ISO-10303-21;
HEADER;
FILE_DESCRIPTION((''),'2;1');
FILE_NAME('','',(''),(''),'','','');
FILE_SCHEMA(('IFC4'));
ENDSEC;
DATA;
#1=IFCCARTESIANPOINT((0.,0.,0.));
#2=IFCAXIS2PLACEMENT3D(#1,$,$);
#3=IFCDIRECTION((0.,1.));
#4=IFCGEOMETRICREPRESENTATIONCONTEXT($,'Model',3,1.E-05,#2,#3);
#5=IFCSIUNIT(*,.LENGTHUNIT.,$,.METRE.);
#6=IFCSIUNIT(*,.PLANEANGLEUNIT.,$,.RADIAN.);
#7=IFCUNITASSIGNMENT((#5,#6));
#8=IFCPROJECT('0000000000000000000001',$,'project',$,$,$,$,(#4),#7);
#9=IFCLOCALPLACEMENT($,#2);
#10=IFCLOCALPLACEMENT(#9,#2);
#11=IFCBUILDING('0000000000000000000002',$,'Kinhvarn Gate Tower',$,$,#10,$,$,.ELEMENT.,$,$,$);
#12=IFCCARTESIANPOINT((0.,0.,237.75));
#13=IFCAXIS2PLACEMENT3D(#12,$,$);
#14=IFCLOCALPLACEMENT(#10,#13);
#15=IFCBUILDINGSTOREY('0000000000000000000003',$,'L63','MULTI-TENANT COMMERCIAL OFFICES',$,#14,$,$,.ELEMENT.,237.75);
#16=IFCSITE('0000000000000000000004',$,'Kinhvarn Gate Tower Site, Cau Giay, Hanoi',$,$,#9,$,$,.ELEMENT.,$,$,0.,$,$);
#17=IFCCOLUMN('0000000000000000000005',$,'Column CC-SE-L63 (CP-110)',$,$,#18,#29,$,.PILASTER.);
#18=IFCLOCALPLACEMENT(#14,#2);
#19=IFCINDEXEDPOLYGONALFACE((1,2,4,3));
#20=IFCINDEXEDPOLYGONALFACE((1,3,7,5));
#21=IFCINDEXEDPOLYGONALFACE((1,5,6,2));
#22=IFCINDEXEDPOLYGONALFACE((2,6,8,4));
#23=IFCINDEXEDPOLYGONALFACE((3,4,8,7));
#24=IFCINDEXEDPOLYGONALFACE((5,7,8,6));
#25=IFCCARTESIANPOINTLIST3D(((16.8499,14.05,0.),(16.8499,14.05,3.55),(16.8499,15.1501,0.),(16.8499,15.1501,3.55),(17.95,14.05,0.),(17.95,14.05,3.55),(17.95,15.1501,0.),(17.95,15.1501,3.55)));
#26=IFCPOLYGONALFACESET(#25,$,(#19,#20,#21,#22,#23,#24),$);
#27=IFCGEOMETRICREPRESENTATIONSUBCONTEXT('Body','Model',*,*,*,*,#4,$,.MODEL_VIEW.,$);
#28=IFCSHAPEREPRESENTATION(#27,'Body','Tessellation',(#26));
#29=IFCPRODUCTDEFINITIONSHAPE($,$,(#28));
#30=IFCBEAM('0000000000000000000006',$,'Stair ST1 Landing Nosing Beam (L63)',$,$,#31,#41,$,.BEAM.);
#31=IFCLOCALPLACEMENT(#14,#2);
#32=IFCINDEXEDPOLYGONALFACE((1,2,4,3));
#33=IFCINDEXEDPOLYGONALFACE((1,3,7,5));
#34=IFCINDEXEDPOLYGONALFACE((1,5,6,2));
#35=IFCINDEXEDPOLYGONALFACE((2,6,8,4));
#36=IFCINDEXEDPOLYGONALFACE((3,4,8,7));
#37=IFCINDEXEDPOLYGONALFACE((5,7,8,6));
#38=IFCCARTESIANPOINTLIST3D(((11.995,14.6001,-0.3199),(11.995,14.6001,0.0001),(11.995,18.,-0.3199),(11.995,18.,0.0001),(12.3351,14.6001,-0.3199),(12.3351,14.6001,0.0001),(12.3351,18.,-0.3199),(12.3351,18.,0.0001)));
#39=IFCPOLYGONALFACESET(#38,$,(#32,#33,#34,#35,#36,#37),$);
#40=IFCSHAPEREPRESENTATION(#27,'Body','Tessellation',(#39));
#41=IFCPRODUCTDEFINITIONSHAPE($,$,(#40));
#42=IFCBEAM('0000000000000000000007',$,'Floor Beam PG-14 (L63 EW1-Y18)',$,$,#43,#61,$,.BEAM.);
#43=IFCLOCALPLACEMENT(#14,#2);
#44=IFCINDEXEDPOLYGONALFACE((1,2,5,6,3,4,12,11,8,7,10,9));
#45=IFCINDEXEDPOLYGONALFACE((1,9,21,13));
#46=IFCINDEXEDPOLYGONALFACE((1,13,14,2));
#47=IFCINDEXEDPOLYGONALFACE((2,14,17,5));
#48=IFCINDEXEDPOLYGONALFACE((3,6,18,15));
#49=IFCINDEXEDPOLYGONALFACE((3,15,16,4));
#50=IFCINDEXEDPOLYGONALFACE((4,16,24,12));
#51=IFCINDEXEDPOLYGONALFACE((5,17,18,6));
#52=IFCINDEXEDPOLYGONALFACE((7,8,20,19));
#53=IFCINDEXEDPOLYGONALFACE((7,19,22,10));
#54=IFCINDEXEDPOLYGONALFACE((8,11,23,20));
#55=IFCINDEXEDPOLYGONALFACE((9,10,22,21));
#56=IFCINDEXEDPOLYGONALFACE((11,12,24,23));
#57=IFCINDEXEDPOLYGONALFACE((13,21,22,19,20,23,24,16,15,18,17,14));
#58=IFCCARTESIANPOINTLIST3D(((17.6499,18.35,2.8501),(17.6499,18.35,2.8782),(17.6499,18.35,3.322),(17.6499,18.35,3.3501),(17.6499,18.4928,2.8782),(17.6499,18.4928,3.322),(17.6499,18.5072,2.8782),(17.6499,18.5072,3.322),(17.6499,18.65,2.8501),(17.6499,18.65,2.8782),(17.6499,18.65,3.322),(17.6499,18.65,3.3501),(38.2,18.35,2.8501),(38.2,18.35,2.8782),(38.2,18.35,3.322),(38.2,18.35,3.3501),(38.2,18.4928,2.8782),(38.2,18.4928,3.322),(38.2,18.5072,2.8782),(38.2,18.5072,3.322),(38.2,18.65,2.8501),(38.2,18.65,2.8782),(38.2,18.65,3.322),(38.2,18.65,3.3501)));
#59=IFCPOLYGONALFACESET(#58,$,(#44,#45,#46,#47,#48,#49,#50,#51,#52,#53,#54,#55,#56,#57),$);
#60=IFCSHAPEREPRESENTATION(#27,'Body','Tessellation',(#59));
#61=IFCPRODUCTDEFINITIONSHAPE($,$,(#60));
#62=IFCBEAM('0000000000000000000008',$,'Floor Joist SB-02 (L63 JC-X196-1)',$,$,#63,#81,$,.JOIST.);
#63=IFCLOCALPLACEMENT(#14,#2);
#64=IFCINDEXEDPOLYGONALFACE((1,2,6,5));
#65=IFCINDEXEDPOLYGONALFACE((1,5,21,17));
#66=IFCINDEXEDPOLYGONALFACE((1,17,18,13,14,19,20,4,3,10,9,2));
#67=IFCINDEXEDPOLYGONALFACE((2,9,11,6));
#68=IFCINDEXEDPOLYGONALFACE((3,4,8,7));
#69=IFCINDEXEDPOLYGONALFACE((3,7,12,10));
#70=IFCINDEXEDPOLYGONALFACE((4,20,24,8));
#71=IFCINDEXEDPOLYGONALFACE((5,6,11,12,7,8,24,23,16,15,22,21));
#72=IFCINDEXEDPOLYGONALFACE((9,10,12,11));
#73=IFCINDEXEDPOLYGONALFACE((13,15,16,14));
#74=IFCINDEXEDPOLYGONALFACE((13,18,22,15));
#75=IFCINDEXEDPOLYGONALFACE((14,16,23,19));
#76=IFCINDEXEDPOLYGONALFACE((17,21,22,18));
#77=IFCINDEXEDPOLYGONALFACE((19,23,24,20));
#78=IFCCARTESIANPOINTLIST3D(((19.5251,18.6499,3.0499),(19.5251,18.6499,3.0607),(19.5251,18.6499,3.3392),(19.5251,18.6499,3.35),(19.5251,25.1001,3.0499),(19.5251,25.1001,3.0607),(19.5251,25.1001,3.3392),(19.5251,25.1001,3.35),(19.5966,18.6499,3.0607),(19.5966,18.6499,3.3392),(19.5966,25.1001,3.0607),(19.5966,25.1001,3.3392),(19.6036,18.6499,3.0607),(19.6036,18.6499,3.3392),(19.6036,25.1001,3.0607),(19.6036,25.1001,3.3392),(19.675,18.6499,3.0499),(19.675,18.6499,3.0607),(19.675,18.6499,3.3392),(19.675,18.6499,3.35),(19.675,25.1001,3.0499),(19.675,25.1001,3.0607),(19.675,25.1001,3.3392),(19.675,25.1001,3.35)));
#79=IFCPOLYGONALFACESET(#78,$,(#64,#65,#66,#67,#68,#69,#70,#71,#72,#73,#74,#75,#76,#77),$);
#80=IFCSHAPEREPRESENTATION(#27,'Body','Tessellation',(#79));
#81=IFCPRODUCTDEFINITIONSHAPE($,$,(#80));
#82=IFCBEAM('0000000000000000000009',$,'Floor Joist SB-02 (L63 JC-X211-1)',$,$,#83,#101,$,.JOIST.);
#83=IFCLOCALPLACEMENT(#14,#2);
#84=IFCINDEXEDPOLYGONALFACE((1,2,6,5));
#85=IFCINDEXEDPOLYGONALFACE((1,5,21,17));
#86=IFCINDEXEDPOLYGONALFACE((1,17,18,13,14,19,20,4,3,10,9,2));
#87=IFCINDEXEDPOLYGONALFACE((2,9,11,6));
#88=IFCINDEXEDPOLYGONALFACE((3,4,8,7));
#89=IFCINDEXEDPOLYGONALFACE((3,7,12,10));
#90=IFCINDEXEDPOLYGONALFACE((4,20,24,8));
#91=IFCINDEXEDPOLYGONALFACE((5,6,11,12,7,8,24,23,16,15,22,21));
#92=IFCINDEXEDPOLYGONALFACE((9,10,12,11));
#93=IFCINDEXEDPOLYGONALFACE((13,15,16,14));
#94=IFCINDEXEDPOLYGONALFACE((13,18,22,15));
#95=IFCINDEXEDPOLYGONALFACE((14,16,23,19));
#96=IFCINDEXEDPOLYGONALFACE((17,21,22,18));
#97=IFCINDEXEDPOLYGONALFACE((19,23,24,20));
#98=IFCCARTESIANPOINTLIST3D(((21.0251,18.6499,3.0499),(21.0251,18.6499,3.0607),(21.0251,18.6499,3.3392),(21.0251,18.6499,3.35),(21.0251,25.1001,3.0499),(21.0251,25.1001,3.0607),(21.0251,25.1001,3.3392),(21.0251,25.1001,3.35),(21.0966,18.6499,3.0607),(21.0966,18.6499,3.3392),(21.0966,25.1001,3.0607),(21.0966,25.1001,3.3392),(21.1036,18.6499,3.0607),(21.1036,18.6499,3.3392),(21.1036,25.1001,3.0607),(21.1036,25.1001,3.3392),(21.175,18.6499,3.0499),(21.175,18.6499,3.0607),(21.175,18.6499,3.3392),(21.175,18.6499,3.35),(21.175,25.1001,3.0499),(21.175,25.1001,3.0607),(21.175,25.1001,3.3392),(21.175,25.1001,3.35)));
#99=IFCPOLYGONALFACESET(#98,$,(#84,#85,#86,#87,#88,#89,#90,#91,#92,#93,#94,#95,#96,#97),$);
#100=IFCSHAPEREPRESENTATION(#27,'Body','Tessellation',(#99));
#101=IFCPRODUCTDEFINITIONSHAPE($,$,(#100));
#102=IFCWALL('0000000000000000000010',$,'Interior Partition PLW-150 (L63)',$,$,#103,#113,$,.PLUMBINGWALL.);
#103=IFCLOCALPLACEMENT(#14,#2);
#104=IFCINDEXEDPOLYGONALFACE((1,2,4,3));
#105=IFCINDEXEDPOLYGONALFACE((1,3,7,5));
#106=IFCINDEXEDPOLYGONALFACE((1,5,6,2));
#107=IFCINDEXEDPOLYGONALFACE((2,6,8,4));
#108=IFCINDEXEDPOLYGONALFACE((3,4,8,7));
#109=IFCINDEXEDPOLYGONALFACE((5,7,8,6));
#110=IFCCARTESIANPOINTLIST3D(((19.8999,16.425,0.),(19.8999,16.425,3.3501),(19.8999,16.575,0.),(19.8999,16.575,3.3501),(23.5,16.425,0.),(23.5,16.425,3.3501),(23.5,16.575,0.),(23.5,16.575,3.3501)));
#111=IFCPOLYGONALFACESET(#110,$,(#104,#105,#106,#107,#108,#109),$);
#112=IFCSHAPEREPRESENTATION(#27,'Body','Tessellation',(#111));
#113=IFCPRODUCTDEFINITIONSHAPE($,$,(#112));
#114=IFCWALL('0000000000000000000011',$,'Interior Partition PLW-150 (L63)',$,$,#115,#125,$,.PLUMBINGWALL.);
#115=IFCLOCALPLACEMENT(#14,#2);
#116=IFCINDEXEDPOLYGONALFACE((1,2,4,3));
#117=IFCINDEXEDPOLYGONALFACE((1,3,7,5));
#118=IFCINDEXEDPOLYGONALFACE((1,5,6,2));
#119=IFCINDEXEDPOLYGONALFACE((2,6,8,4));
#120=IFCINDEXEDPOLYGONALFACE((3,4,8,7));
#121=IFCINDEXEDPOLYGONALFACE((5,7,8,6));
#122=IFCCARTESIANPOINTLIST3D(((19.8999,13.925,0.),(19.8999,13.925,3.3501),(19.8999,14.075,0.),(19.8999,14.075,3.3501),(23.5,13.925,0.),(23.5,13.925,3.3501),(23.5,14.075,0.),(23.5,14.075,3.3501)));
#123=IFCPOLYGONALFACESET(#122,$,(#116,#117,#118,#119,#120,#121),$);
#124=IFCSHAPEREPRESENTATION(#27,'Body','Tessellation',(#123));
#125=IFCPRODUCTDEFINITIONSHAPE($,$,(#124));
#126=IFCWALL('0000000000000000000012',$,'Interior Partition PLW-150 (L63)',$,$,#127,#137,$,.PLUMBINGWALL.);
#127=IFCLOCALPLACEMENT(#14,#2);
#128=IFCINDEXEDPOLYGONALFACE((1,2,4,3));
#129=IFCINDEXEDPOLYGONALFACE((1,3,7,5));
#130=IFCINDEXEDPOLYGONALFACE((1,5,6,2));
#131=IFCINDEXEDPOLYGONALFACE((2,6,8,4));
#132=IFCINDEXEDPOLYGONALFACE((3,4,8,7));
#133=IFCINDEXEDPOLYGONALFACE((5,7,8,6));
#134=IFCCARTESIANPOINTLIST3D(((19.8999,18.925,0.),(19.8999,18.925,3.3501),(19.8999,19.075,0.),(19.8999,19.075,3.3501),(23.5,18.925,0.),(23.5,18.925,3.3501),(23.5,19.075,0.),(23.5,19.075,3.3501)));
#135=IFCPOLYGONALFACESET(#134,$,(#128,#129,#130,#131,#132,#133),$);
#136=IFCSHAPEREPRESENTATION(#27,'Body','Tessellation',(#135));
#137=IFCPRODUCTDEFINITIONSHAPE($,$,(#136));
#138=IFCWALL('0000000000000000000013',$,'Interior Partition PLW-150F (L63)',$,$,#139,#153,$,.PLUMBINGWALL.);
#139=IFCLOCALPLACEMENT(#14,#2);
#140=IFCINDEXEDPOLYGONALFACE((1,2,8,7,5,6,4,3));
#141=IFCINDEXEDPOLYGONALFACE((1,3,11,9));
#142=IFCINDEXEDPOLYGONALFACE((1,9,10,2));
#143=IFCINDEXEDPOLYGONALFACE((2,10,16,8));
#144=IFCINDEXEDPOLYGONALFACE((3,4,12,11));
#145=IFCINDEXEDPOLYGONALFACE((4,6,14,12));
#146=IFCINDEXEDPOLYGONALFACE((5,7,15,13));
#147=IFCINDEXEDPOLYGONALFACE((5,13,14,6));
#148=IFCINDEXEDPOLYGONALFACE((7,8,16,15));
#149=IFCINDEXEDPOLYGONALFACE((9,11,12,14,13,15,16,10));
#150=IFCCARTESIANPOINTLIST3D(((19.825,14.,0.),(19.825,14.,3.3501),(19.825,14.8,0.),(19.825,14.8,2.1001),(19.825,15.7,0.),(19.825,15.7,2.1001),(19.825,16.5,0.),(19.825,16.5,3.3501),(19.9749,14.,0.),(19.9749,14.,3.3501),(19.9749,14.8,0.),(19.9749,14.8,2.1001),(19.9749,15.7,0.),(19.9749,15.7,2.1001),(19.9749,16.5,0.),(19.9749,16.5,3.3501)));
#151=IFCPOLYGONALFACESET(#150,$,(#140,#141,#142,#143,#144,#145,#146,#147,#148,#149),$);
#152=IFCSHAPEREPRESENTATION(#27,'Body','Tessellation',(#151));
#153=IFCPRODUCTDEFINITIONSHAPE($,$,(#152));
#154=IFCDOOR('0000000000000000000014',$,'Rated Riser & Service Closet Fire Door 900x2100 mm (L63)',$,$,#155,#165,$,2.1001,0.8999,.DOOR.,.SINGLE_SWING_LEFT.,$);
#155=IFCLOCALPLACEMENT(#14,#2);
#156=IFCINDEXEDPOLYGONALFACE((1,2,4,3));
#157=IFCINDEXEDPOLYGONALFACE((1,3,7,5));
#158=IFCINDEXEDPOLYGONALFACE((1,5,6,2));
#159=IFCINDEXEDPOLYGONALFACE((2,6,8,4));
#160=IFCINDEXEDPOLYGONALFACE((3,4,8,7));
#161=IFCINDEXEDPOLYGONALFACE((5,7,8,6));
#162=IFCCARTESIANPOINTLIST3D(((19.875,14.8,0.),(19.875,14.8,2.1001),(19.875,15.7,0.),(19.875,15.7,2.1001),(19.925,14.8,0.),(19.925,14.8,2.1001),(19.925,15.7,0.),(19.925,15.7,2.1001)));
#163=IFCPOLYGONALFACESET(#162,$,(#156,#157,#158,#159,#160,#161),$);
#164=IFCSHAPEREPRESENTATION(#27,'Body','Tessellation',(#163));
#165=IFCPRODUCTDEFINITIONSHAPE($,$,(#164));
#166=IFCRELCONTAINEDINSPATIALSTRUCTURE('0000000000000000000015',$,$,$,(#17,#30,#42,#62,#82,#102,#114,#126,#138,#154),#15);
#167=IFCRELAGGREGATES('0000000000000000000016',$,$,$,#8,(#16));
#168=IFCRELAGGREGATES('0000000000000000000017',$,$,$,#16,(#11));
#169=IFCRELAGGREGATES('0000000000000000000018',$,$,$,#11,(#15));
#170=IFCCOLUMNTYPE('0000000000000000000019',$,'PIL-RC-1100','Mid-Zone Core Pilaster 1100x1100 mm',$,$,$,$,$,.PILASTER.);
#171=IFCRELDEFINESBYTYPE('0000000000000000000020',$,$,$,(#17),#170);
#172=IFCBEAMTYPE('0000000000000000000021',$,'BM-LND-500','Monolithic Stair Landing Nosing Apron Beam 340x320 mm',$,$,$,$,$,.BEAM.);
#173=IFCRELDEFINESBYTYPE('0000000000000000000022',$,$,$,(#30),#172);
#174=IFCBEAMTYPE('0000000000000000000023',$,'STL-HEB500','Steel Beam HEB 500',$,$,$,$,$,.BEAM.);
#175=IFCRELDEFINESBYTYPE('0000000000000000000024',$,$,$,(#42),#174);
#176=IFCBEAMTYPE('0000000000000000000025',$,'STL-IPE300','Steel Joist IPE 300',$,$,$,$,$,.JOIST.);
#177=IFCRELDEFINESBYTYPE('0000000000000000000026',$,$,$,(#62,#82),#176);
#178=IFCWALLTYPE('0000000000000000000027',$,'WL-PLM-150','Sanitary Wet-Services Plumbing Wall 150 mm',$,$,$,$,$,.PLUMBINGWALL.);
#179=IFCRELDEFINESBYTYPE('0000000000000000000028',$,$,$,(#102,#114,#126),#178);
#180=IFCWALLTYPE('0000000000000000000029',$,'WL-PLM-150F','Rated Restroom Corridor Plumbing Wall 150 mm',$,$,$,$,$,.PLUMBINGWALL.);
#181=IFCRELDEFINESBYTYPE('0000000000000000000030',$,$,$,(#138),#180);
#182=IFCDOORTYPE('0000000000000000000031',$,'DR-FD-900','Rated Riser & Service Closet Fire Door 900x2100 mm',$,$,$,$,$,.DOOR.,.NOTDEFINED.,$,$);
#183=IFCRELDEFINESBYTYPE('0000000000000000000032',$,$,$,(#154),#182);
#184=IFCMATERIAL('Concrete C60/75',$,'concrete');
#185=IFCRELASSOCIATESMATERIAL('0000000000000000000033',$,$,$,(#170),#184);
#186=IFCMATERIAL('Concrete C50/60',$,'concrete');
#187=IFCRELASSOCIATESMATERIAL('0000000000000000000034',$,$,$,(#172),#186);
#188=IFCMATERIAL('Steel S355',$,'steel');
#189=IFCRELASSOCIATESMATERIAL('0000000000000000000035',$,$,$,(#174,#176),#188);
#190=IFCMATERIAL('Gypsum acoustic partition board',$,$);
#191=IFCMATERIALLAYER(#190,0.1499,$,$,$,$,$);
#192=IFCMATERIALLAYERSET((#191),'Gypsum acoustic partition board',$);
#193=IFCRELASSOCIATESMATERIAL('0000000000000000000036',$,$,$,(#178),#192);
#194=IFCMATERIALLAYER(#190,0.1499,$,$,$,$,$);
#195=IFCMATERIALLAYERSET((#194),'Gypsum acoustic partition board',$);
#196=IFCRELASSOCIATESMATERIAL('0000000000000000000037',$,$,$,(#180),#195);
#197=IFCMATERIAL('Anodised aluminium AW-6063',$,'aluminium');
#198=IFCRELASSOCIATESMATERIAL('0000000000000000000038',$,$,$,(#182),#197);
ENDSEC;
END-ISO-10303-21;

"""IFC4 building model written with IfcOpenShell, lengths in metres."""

from ifc_helpers import new_model, si_unit, direction, frame, frame_2d, origin, origin_2d, place, context, subcontext, project, spatial, rectangle, i_section, extrude, material, layer, layer_set, material_profile, profile_set, type_object, element, fill, save


model = new_model("IFC4")

# Units and contexts
model_context = context("Model", 3, precision=1e-05, world=origin(), true_north=direction((0.0, 1.0)))
body_context = subcontext(model_context, "Body", "Model", "MODEL_VIEW")
ifc_project = project(units=[si_unit("LENGTHUNIT", "METRE"), si_unit("PLANEANGLEUNIT", "RADIAN")], contexts=[model_context])

# Site, building, storey
site_placement = place(None, origin())
site = spatial("IfcSite", under=ifc_project, at=site_placement, Name="Kinhvarn Gate Tower Site, Cau Giay, Hanoi", CompositionType="ELEMENT", RefElevation=0.0)
building_placement = place(site_placement, origin())
building = spatial("IfcBuilding", under=site, at=building_placement, Name="Kinhvarn Gate Tower", CompositionType="ELEMENT")
storey_placement = place(building_placement, frame((0.0, 0.0, 237.75)))
storey = spatial("IfcBuildingStorey", under=building, at=storey_placement, Name="L63", Description="MULTI-TENANT COMMERCIAL OFFICES", CompositionType="ELEMENT", Elevation=237.75)

# Column
ifc_material_1 = material(Name="Concrete C60/75", Category="concrete")
ifc_material_profile_1 = material_profile(ifc_material_1, rectangle(XDim=1.1001, YDim=1.1001, at=origin_2d()), Name="RC 1100x1100")
ifc_profile_set_1 = profile_set([ifc_material_profile_1], Name="Concrete C60/75")
column_type = type_object("IfcColumnType", Name="PIL-RC-1100", Description="Mid-Zone Core Pilaster 1100x1100 mm", PredefinedType="PILASTER", material=ifc_profile_set_1)
column_placement = place(storey_placement, frame((17.3999, 14.6001, 0.0), z_axis=(0.0, 0.0, 1.0), x_axis=(1.0, 0.0, 0.0)))
element("IfcColumn", 1, at=column_placement, inside=storey, type_object=column_type, Name="Column CC-SE-L63 (CP-110)", PredefinedType="PILASTER", context=body_context, shape_type="SweptSolid", body=[
    extrude(rectangle(XDim=1.1001, YDim=1.1001, at=origin_2d()), origin(), (0.0, 0.0, 1.0), 3.55),
])

# Beams
ifc_material_2 = material(Name="Concrete C50/60", Category="concrete")
ifc_material_profile_2 = material_profile(ifc_material_2, rectangle(XDim=0.3401, YDim=0.3201, at=origin_2d()), Name="RC 340x320")
ifc_profile_set_2 = profile_set([ifc_material_profile_2], Name="Concrete C50/60")
beam_type_1 = type_object("IfcBeamType", Name="BM-LND-500", Description="Monolithic Stair Landing Nosing Apron Beam 340x320 mm", PredefinedType="BEAM", material=ifc_profile_set_2)
beam_1_placement = place(storey_placement, frame((12.165, 14.6001, -0.1599), z_axis=(0.0, 1.0, 0.0), x_axis=(-1.0, 0.0, 0.0)))
element("IfcBeam", 2, at=beam_1_placement, inside=storey, type_object=beam_type_1, Name="Stair ST1 Landing Nosing Beam (L63)", PredefinedType="BEAM", context=body_context, shape_type="SweptSolid", body=[
    extrude(rectangle(XDim=0.3401, YDim=0.3201, at=origin_2d()), origin(), (0.0, 0.0, 1.0), 3.3999),
])
ifc_material_3 = material(Name="Steel S355", Category="steel")
ifc_material_profile_3 = material_profile(ifc_material_3, i_section(OverallWidth=0.3, OverallDepth=0.5, WebThickness=0.0144, FlangeThickness=0.0281, at=origin_2d()), Name="HEB 500")
ifc_profile_set_3 = profile_set([ifc_material_profile_3], Name="Steel S355")
beam_type_2 = type_object("IfcBeamType", Name="STL-HEB500", Description="Steel Beam HEB 500", PredefinedType="BEAM", material=ifc_profile_set_3)
beam_2_placement = place(storey_placement, frame((17.6499, 18.5, 3.1001), z_axis=(1.0, 0.0, 0.0), x_axis=(0.0, 1.0, 0.0)))
element("IfcBeam", 3, at=beam_2_placement, inside=storey, type_object=beam_type_2, Name="Floor Beam PG-14 (L63 EW1-Y18)", PredefinedType="BEAM", context=body_context, shape_type="SweptSolid", body=[
    extrude(i_section(OverallWidth=0.3, OverallDepth=0.5, WebThickness=0.0144, FlangeThickness=0.0281, at=origin_2d()), origin(), (0.0, 0.0, 1.0), 20.55),
])
ifc_material_profile_4 = material_profile(ifc_material_3, i_section(OverallWidth=0.1499, OverallDepth=0.3, WebThickness=0.0071, FlangeThickness=0.0107, at=origin_2d()), Name="IPE 300")
ifc_profile_set_4 = profile_set([ifc_material_profile_4], Name="Steel S355")
beam_type_3 = type_object("IfcBeamType", Name="STL-IPE300", Description="Steel Joist IPE 300", PredefinedType="JOIST", material=ifc_profile_set_4)
for number, where, z_axis, x_axis, name in (
    (4, (19.6001, 18.6499, 3.2), (0.0, 1.0, 0.0), (-1.0, 0.0, 0.0), "Floor Joist SB-02 (L63 JC-X196-1)"),
    (5, (21.1001, 18.6499, 3.2), (0.0, 1.0, 0.0), (-1.0, 0.0, 0.0), "Floor Joist SB-02 (L63 JC-X211-1)"),
):
    element("IfcBeam", number, at=place(storey_placement, frame(where, z_axis=z_axis, x_axis=x_axis)), inside=storey, type_object=beam_type_3, Name=name, PredefinedType="JOIST", context=body_context, shape_type="SweptSolid", body=[
        extrude(i_section(OverallWidth=0.1499, OverallDepth=0.3, WebThickness=0.0071, FlangeThickness=0.0107, at=origin_2d()), origin(), (0.0, 0.0, 1.0), 6.4502),
    ])

# Shared definitions
ifc_material_4 = material(Name="Anodised aluminium AW-6063", Category="aluminium")

# Walls
ifc_material_5 = material(Name="Gypsum acoustic partition board")
ifc_layer_1 = layer(ifc_material_5, 0.1499)
ifc_layer_set_1 = layer_set([ifc_layer_1], Name="Gypsum acoustic partition board")
wall_type_1 = type_object("IfcWallType", Name="WL-PLM-150", Description="Sanitary Wet-Services Plumbing Wall 150 mm", PredefinedType="PLUMBINGWALL", material=ifc_layer_set_1)
for number, where, z_axis, x_axis, name in (
    (6, (19.8999, 16.5, 0.0), (0.0, 0.0, 1.0), (1.0, 0.0, 0.0), "Interior Partition PLW-150 (L63)"),
    (7, (19.8999, 14.0, 0.0), (0.0, 0.0, 1.0), (1.0, 0.0, 0.0), "Interior Partition PLW-150 (L63)"),
    (8, (19.8999, 19.0, 0.0), (0.0, 0.0, 1.0), (1.0, 0.0, 0.0), "Interior Partition PLW-150 (L63)"),
):
    element("IfcWall", number, at=place(storey_placement, frame(where, z_axis=z_axis, x_axis=x_axis)), inside=storey, type_object=wall_type_1, Name=name, PredefinedType="PLUMBINGWALL", context=body_context, shape_type="SweptSolid", body=[
        extrude(rectangle(XDim=3.6001, YDim=0.1499, at=frame_2d((1.8, 0.0))), origin(), (0.0, 0.0, 1.0), 3.3501),
    ])

# Wall, opening, door
ifc_layer_2 = layer(ifc_material_5, 0.1499)
ifc_layer_set_2 = layer_set([ifc_layer_2], Name="Gypsum acoustic partition board")
wall_type_2 = type_object("IfcWallType", Name="WL-PLM-150F", Description="Rated Restroom Corridor Plumbing Wall 150 mm", PredefinedType="PLUMBINGWALL", material=ifc_layer_set_2)
wall_1_placement = place(storey_placement, frame((19.8999, 14.0, 0.0), z_axis=(0.0, 0.0, 1.0), x_axis=(0.0, 1.0, 0.0)))
wall_1 = element("IfcWall", 9, at=wall_1_placement, inside=storey, type_object=wall_type_2, Name="Interior Partition PLW-150F (L63)", PredefinedType="PLUMBINGWALL", context=body_context, shape_type="SweptSolid", body=[
    extrude(rectangle(XDim=2.5, YDim=0.1499, at=frame_2d((1.25, 0.0))), origin(), (0.0, 0.0, 1.0), 3.3501),
])
opening_1_placement = place(wall_1_placement, frame((0.8, 0.0, 0.0)))
opening_1 = element("IfcOpeningElement", 10, at=opening_1_placement, cuts=wall_1, PredefinedType="OPENING", context=body_context, shape_type="SweptSolid", body=[
    extrude(rectangle(XDim=0.8999, YDim=2.1001, at=frame_2d((0.45, 1.05))), frame((0.0, 0.085, 0.0), z_axis=(0.0, -1.0, 0.0), x_axis=(1.0, 0.0, 0.0)), (0.0, 0.0, 1.0), 0.1699),
])
door_type_1 = type_object("IfcDoorType", Name="DR-FD-900", Description="Rated Riser & Service Closet Fire Door 900x2100 mm", OperationType="NOTDEFINED", PredefinedType="DOOR", material=ifc_material_4)
door_1_placement = place(opening_1_placement, origin())
door_1 = element("IfcDoor", 11, at=door_1_placement, inside=storey, type_object=door_type_1, Name="Rated Riser & Service Closet Fire Door 900x2100 mm (L63)", OperationType="SINGLE_SWING_LEFT", OverallHeight=2.1001, OverallWidth=0.8999, PredefinedType="DOOR", context=body_context, shape_type="SweptSolid", body=[
    extrude(rectangle(XDim=0.8999, YDim=2.1001, at=frame_2d((0.45, 1.05))), frame((0.0, 0.0249, 0.0), z_axis=(0.0, -1.0, 0.0), x_axis=(1.0, 0.0, 0.0)), (0.0, 0.0, 1.0), 0.05),
])
fill(opening_1, door_1)

save(model, "model.ifc")
